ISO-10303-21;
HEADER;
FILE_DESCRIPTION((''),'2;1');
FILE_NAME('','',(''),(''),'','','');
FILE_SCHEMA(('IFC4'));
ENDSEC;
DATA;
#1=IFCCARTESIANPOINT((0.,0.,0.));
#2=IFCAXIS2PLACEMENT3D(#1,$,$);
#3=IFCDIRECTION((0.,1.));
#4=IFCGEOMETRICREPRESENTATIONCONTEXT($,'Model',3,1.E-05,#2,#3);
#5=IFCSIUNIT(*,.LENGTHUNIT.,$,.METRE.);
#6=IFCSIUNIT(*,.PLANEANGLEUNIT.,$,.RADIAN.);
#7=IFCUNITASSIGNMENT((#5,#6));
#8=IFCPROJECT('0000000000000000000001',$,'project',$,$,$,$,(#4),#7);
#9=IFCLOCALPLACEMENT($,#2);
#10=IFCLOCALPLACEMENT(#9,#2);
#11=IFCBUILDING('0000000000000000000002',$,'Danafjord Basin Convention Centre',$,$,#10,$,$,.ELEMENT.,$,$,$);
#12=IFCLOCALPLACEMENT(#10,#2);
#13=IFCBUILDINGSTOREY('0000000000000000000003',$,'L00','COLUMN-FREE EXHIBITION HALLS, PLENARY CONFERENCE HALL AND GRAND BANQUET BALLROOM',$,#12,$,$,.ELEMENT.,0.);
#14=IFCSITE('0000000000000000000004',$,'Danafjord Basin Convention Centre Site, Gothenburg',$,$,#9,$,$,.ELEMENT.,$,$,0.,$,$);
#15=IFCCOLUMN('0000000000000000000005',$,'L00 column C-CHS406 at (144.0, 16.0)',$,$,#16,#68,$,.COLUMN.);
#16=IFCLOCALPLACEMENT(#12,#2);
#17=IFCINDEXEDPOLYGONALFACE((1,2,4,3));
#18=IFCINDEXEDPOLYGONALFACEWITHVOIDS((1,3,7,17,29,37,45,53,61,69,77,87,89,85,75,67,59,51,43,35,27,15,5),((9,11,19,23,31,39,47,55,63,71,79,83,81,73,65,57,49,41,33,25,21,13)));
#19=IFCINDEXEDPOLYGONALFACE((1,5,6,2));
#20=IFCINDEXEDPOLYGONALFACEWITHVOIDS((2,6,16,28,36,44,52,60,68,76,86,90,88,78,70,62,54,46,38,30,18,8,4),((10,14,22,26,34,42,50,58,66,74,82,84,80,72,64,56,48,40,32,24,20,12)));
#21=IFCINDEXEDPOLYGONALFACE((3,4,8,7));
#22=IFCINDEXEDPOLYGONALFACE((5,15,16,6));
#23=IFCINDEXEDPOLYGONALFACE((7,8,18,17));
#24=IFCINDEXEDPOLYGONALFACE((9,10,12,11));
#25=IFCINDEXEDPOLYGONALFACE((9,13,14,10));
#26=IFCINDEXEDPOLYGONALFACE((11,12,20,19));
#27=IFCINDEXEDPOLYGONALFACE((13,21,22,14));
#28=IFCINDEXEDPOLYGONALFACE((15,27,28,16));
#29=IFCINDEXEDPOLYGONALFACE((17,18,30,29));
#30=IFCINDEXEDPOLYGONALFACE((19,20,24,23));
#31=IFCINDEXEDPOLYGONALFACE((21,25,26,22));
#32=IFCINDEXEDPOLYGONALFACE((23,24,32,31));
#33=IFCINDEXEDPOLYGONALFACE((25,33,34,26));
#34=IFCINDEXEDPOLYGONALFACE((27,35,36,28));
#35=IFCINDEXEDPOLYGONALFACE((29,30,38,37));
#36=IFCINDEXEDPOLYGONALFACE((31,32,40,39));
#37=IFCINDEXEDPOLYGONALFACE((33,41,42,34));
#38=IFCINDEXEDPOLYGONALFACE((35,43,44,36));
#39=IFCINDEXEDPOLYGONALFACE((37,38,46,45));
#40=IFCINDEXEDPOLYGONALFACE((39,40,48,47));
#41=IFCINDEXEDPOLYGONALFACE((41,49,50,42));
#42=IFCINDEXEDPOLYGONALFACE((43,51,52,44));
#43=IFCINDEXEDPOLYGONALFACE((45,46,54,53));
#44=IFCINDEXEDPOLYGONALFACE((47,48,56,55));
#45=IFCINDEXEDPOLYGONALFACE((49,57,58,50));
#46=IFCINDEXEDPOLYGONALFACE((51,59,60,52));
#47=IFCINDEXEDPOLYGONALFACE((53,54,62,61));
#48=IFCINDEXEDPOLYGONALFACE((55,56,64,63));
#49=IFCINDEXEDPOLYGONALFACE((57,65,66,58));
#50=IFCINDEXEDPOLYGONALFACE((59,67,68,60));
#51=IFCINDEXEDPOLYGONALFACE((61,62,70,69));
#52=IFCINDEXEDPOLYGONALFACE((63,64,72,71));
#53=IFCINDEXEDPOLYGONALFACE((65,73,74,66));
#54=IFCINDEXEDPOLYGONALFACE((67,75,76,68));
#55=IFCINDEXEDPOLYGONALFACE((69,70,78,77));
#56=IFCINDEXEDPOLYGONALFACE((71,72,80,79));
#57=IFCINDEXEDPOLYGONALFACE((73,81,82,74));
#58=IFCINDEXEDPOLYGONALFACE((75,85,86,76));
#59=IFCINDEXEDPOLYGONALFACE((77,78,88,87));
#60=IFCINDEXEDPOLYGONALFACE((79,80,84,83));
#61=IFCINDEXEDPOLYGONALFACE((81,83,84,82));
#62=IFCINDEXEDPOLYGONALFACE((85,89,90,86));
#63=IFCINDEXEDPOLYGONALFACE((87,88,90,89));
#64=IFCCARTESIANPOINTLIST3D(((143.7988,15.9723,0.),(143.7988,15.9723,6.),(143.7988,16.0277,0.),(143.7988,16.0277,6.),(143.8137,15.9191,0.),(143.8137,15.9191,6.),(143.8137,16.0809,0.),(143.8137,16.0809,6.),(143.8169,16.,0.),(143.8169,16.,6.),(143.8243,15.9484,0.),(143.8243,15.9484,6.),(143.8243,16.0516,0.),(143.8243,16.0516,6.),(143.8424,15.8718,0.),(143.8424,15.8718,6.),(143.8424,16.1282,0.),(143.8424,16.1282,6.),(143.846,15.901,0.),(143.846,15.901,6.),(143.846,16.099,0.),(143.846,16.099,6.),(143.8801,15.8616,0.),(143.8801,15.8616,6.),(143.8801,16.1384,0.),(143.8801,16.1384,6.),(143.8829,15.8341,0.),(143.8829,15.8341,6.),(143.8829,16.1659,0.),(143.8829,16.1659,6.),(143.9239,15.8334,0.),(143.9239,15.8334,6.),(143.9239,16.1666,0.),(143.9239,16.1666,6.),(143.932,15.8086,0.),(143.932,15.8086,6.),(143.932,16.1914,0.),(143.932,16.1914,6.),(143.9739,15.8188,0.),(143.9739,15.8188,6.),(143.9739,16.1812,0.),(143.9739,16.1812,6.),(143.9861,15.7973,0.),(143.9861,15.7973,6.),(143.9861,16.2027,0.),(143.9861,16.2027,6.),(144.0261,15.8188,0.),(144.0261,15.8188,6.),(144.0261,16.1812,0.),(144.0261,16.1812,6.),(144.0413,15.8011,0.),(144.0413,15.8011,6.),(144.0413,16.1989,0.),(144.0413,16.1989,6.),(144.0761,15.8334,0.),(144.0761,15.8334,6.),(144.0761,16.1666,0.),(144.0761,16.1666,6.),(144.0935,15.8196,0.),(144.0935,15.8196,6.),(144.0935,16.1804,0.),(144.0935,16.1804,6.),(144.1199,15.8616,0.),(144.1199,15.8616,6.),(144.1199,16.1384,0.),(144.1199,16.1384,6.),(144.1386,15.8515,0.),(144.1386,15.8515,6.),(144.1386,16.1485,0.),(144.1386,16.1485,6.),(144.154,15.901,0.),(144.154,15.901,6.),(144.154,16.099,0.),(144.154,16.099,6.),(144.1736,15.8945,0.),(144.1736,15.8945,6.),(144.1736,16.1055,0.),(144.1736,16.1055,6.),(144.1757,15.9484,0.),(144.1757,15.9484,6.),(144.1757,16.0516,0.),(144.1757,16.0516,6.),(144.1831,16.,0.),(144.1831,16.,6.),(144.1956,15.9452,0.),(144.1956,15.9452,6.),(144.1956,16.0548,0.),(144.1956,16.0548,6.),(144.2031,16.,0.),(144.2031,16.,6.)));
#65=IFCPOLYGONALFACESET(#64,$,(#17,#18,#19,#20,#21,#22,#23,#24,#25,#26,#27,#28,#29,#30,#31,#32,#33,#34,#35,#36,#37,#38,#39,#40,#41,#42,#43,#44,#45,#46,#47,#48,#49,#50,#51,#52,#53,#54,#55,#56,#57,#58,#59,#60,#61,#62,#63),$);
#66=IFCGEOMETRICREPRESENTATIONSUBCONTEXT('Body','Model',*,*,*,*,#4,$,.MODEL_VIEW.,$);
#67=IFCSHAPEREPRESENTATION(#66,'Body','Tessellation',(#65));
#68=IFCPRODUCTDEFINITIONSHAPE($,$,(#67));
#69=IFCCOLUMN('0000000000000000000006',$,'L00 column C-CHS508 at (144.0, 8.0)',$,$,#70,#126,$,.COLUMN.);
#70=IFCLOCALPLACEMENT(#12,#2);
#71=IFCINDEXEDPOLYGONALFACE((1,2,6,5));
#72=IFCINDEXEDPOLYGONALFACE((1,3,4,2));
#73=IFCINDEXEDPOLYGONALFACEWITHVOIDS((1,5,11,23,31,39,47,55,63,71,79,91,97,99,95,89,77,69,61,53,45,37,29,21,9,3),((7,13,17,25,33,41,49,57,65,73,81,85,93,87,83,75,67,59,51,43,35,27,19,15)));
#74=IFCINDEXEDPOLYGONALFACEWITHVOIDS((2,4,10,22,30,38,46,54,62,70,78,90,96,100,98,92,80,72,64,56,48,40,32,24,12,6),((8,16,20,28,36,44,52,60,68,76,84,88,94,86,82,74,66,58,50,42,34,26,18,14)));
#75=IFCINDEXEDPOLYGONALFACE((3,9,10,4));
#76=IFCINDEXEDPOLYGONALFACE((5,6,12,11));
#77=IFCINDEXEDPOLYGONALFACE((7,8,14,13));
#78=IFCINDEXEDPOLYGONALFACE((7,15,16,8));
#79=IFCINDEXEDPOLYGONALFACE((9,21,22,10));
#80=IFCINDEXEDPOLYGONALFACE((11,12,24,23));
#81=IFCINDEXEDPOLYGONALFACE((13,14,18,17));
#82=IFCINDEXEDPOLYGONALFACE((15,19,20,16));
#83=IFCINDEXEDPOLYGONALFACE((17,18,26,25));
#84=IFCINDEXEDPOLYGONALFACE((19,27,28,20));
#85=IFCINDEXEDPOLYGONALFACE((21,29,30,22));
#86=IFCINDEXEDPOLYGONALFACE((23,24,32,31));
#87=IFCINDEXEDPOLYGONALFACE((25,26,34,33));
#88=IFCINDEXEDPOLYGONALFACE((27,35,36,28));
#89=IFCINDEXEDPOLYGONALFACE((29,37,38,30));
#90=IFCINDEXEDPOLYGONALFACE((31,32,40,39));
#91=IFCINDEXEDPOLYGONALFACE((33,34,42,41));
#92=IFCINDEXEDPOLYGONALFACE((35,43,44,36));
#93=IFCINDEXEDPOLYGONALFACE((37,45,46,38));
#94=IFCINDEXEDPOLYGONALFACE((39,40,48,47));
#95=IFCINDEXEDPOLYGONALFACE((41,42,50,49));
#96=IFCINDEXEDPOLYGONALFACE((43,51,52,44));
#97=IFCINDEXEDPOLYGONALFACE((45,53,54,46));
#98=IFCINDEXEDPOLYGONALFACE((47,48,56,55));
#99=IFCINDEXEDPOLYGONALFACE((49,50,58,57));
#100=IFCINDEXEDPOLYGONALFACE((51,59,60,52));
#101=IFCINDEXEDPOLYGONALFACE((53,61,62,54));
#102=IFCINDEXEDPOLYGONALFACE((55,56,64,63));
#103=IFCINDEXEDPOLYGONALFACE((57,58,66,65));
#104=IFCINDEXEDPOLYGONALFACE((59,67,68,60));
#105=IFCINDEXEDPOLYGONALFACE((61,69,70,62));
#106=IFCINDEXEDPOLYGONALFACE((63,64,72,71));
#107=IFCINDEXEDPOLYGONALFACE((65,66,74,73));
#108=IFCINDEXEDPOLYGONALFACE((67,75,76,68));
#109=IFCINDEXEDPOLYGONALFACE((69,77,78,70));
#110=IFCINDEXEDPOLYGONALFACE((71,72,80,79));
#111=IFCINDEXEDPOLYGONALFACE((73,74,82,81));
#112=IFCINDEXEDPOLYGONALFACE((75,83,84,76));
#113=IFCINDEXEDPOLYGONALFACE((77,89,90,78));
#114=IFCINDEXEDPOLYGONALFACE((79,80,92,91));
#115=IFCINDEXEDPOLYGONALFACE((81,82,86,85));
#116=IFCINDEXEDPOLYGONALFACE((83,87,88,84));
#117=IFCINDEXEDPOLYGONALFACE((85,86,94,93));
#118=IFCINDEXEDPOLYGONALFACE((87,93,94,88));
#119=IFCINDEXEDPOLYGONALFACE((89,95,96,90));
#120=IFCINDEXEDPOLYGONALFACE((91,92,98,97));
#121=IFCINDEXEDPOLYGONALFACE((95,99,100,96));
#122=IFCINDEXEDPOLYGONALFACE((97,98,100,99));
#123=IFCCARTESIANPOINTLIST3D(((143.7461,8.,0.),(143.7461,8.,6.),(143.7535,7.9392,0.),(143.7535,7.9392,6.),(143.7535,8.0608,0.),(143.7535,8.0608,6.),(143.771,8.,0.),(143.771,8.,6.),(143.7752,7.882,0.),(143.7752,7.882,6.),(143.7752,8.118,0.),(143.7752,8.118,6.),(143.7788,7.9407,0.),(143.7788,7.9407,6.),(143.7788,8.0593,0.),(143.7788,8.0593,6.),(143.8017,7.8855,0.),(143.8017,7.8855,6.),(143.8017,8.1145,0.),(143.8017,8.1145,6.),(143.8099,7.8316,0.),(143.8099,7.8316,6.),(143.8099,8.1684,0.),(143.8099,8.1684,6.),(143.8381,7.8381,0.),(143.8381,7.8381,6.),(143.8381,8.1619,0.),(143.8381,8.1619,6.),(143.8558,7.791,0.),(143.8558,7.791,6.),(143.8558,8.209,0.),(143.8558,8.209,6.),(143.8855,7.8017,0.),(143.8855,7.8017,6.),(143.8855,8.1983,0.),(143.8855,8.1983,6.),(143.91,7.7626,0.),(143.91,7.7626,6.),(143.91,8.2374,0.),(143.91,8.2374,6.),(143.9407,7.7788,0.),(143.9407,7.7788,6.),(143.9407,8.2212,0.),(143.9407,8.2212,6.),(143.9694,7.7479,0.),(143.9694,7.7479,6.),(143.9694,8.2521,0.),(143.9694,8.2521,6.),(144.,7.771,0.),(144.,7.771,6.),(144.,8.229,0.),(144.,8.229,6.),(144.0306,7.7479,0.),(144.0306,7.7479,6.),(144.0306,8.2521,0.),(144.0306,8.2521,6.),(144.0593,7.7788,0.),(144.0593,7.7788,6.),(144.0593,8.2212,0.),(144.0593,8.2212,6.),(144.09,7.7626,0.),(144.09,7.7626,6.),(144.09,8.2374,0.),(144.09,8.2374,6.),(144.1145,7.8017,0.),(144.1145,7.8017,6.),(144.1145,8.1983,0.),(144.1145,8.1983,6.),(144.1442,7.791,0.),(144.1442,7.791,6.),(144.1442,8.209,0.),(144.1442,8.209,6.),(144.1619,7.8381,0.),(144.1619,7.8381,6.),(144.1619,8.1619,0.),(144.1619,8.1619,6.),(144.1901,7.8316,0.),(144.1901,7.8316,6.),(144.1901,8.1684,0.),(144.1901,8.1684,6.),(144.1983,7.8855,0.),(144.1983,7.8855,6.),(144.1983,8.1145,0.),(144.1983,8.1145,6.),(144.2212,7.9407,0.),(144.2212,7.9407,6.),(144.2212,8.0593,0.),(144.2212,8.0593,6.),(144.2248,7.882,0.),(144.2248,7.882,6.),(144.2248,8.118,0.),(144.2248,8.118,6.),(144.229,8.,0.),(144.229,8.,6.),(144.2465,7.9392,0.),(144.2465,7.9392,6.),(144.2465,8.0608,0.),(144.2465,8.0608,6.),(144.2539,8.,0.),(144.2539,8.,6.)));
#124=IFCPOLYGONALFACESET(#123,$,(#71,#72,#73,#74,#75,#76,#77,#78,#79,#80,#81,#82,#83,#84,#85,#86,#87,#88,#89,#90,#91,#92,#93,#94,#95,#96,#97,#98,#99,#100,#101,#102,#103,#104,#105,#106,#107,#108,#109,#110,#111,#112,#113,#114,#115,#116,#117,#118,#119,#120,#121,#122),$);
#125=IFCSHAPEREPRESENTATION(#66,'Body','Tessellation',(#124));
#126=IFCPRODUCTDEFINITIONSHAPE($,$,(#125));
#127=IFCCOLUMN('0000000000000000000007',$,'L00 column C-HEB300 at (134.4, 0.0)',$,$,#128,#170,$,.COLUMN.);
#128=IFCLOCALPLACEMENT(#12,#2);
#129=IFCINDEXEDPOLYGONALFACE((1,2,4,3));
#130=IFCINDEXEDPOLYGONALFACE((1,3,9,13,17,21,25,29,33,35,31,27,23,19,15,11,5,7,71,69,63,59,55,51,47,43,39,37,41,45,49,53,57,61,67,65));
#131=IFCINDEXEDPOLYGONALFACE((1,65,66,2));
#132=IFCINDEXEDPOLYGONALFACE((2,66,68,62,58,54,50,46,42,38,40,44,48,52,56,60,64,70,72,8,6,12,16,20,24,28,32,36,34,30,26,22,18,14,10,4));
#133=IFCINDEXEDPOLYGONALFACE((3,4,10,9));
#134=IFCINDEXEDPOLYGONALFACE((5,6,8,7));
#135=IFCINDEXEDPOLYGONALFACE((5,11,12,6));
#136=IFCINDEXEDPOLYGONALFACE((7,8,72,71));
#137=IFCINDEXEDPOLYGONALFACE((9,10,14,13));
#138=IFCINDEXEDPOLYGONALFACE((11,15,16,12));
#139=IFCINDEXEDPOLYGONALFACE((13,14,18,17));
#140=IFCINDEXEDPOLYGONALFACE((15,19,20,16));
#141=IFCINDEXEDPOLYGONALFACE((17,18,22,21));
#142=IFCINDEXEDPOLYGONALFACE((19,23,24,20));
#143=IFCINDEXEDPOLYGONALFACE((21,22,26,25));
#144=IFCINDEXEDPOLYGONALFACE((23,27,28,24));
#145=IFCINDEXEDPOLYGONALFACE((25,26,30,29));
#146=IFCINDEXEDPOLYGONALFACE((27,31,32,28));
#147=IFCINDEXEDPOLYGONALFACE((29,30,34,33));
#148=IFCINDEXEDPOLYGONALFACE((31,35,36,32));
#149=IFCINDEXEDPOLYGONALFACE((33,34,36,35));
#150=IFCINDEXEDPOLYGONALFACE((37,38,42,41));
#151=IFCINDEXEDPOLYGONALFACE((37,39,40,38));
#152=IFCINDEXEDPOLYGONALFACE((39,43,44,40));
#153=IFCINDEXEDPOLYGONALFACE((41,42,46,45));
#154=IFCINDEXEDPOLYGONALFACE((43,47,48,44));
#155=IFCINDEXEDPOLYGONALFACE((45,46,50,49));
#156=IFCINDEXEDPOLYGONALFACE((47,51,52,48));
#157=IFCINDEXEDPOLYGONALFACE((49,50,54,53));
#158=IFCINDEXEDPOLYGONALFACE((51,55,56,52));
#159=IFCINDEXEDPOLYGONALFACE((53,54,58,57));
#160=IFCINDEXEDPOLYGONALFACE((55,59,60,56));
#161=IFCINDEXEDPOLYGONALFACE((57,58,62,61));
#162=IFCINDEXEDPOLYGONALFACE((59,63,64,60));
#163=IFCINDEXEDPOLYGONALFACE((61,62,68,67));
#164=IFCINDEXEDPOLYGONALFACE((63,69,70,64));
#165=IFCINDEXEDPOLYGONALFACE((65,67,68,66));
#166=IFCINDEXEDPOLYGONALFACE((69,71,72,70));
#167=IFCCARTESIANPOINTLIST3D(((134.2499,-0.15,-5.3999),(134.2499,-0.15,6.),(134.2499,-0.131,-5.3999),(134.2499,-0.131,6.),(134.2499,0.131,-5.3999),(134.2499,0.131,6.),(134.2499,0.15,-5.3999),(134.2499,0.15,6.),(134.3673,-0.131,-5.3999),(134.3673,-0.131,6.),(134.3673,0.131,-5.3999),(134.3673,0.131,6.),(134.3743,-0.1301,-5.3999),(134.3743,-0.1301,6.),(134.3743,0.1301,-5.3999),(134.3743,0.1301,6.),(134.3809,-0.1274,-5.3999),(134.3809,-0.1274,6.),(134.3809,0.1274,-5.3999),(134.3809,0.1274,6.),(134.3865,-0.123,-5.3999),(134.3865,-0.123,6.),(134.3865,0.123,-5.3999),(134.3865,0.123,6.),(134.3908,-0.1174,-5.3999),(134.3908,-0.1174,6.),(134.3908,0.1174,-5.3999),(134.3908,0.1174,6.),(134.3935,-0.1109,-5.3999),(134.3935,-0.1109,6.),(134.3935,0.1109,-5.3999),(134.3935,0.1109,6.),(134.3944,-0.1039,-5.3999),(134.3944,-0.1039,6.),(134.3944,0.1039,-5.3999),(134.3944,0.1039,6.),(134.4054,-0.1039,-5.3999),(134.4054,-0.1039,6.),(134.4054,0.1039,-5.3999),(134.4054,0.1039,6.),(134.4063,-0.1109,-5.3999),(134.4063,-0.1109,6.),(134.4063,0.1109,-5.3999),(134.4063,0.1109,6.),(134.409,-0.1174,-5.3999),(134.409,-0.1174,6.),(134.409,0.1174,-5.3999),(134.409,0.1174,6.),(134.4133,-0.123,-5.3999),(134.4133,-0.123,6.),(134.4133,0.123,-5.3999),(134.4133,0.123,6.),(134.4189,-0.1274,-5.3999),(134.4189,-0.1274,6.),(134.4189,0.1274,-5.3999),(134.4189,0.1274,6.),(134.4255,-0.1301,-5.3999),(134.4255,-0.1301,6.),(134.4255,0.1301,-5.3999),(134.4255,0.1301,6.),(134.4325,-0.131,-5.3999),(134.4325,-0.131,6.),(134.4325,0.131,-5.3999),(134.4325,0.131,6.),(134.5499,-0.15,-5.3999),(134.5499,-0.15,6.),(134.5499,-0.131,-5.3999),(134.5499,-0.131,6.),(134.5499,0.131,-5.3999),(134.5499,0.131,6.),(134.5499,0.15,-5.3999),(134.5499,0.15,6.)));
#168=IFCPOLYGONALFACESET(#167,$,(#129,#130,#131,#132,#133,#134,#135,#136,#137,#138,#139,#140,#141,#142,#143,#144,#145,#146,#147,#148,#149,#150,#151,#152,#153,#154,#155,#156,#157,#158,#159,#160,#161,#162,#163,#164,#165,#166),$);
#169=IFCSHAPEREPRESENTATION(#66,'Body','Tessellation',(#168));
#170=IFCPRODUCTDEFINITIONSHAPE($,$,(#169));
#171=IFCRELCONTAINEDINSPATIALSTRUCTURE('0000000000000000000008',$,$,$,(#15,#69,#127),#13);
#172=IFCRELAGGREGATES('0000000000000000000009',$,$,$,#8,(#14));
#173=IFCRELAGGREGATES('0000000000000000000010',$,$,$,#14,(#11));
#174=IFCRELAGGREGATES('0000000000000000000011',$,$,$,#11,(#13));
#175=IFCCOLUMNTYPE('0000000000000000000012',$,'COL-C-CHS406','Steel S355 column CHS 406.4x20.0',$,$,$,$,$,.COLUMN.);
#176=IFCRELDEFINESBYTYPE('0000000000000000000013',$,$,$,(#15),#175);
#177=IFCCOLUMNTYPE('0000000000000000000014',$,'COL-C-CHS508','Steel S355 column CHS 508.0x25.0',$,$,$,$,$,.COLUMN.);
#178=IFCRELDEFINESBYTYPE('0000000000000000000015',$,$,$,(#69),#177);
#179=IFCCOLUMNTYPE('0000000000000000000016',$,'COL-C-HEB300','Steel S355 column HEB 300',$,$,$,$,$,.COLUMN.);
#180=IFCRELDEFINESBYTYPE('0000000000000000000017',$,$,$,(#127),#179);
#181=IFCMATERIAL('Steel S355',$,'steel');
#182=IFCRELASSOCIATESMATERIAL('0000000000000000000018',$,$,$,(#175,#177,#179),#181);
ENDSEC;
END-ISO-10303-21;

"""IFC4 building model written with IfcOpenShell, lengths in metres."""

from ifc_helpers import new_model, si_unit, direction, frame, origin, origin_2d, place, context, subcontext, project, spatial, hollow_circle, i_section, extrude, material, material_profile, profile_set, type_object, element, save


model = new_model("IFC4")

# Units and contexts
model_context = context("Model", 3, precision=1e-05, world=origin(), true_north=direction((0.0, 1.0)))
body_context = subcontext(model_context, "Body", "Model", "MODEL_VIEW")
ifc_project = project(units=[si_unit("LENGTHUNIT", "METRE"), si_unit("PLANEANGLEUNIT", "RADIAN")], contexts=[model_context])

# Site, building, storey
site_placement = place(None, origin())
site = spatial("IfcSite", under=ifc_project, at=site_placement, Name="Danafjord Basin Convention Centre Site, Gothenburg", CompositionType="ELEMENT", RefElevation=0.0)
building_placement = place(site_placement, origin())
building = spatial("IfcBuilding", under=site, at=building_placement, Name="Danafjord Basin Convention Centre", CompositionType="ELEMENT")
storey_placement = place(building_placement, origin())
storey = spatial("IfcBuildingStorey", under=building, at=storey_placement, Name="L00", Description="COLUMN-FREE EXHIBITION HALLS, PLENARY CONFERENCE HALL AND GRAND BANQUET BALLROOM", CompositionType="ELEMENT", Elevation=0.0)

# Columns
ifc_material_1 = material(Name="Steel S355", Category="steel")
ifc_material_profile_1 = material_profile(ifc_material_1, hollow_circle(Radius=0.2031, WallThickness=0.02, at=origin_2d()), Name="CHS 406.4x20.0")
ifc_profile_set_1 = profile_set([ifc_material_profile_1], Name="Steel S355")
column_type_1 = type_object("IfcColumnType", Name="COL-C-CHS406", Description="Steel S355 column CHS 406.4x20.0", PredefinedType="COLUMN", material=ifc_profile_set_1)
for number, where, z_axis, x_axis, name in (
    (1, (144.0, 16.0, 0.0), (0.0, 0.0, 1.0), (1.0, 0.0, 0.0), "L00 column C-CHS406 at (144.0, 16.0)"),
):
    element("IfcColumn", number, at=place(storey_placement, frame(where, z_axis=z_axis, x_axis=x_axis)), inside=storey, type_object=column_type_1, Name=name, PredefinedType="COLUMN", context=body_context, shape_type="SweptSolid", body=[
        extrude(hollow_circle(Radius=0.2031, WallThickness=0.02, at=origin_2d()), origin(), (0.0, 0.0, 1.0), 6.0),
    ])
ifc_material_profile_2 = material_profile(ifc_material_1, hollow_circle(Radius=0.2539, WallThickness=0.0249, at=origin_2d()), Name="CHS 508.0x25.0")
ifc_profile_set_2 = profile_set([ifc_material_profile_2], Name="Steel S355")
column_type_2 = type_object("IfcColumnType", Name="COL-C-CHS508", Description="Steel S355 column CHS 508.0x25.0", PredefinedType="COLUMN", material=ifc_profile_set_2)
column_1_placement = place(storey_placement, frame((144.0, 8.0, 0.0), z_axis=(0.0, 0.0, 1.0), x_axis=(1.0, 0.0, 0.0)))
element("IfcColumn", 2, at=column_1_placement, inside=storey, type_object=column_type_2, Name="L00 column C-CHS508 at (144.0, 8.0)", PredefinedType="COLUMN", context=body_context, shape_type="SweptSolid", body=[
    extrude(hollow_circle(Radius=0.2539, WallThickness=0.0249, at=origin_2d()), origin(), (0.0, 0.0, 1.0), 6.0),
])
ifc_material_profile_3 = material_profile(ifc_material_1, i_section(OverallWidth=0.3, OverallDepth=0.3, WebThickness=0.011, FlangeThickness=0.019, FilletRadius=0.0271, at=origin_2d()), Name="HEB 300")
ifc_profile_set_3 = profile_set([ifc_material_profile_3], Name="Steel S355")
column_type_3 = type_object("IfcColumnType", Name="COL-C-HEB300", Description="Steel S355 column HEB 300", PredefinedType="COLUMN", material=ifc_profile_set_3)
column_2_placement = place(storey_placement, frame((134.3999, 0.0, -5.3999), z_axis=(0.0, 0.0, 1.0), x_axis=(1.0, 0.0, 0.0)))
element("IfcColumn", 3, at=column_2_placement, inside=storey, type_object=column_type_3, Name="L00 column C-HEB300 at (134.4, 0.0)", PredefinedType="COLUMN", context=body_context, shape_type="SweptSolid", body=[
    extrude(i_section(OverallWidth=0.3, OverallDepth=0.3, WebThickness=0.011, FlangeThickness=0.019, FilletRadius=0.0271, at=origin_2d()), origin(), (0.0, 0.0, 1.0), 11.3999),
])

save(model, "model.ifc")
